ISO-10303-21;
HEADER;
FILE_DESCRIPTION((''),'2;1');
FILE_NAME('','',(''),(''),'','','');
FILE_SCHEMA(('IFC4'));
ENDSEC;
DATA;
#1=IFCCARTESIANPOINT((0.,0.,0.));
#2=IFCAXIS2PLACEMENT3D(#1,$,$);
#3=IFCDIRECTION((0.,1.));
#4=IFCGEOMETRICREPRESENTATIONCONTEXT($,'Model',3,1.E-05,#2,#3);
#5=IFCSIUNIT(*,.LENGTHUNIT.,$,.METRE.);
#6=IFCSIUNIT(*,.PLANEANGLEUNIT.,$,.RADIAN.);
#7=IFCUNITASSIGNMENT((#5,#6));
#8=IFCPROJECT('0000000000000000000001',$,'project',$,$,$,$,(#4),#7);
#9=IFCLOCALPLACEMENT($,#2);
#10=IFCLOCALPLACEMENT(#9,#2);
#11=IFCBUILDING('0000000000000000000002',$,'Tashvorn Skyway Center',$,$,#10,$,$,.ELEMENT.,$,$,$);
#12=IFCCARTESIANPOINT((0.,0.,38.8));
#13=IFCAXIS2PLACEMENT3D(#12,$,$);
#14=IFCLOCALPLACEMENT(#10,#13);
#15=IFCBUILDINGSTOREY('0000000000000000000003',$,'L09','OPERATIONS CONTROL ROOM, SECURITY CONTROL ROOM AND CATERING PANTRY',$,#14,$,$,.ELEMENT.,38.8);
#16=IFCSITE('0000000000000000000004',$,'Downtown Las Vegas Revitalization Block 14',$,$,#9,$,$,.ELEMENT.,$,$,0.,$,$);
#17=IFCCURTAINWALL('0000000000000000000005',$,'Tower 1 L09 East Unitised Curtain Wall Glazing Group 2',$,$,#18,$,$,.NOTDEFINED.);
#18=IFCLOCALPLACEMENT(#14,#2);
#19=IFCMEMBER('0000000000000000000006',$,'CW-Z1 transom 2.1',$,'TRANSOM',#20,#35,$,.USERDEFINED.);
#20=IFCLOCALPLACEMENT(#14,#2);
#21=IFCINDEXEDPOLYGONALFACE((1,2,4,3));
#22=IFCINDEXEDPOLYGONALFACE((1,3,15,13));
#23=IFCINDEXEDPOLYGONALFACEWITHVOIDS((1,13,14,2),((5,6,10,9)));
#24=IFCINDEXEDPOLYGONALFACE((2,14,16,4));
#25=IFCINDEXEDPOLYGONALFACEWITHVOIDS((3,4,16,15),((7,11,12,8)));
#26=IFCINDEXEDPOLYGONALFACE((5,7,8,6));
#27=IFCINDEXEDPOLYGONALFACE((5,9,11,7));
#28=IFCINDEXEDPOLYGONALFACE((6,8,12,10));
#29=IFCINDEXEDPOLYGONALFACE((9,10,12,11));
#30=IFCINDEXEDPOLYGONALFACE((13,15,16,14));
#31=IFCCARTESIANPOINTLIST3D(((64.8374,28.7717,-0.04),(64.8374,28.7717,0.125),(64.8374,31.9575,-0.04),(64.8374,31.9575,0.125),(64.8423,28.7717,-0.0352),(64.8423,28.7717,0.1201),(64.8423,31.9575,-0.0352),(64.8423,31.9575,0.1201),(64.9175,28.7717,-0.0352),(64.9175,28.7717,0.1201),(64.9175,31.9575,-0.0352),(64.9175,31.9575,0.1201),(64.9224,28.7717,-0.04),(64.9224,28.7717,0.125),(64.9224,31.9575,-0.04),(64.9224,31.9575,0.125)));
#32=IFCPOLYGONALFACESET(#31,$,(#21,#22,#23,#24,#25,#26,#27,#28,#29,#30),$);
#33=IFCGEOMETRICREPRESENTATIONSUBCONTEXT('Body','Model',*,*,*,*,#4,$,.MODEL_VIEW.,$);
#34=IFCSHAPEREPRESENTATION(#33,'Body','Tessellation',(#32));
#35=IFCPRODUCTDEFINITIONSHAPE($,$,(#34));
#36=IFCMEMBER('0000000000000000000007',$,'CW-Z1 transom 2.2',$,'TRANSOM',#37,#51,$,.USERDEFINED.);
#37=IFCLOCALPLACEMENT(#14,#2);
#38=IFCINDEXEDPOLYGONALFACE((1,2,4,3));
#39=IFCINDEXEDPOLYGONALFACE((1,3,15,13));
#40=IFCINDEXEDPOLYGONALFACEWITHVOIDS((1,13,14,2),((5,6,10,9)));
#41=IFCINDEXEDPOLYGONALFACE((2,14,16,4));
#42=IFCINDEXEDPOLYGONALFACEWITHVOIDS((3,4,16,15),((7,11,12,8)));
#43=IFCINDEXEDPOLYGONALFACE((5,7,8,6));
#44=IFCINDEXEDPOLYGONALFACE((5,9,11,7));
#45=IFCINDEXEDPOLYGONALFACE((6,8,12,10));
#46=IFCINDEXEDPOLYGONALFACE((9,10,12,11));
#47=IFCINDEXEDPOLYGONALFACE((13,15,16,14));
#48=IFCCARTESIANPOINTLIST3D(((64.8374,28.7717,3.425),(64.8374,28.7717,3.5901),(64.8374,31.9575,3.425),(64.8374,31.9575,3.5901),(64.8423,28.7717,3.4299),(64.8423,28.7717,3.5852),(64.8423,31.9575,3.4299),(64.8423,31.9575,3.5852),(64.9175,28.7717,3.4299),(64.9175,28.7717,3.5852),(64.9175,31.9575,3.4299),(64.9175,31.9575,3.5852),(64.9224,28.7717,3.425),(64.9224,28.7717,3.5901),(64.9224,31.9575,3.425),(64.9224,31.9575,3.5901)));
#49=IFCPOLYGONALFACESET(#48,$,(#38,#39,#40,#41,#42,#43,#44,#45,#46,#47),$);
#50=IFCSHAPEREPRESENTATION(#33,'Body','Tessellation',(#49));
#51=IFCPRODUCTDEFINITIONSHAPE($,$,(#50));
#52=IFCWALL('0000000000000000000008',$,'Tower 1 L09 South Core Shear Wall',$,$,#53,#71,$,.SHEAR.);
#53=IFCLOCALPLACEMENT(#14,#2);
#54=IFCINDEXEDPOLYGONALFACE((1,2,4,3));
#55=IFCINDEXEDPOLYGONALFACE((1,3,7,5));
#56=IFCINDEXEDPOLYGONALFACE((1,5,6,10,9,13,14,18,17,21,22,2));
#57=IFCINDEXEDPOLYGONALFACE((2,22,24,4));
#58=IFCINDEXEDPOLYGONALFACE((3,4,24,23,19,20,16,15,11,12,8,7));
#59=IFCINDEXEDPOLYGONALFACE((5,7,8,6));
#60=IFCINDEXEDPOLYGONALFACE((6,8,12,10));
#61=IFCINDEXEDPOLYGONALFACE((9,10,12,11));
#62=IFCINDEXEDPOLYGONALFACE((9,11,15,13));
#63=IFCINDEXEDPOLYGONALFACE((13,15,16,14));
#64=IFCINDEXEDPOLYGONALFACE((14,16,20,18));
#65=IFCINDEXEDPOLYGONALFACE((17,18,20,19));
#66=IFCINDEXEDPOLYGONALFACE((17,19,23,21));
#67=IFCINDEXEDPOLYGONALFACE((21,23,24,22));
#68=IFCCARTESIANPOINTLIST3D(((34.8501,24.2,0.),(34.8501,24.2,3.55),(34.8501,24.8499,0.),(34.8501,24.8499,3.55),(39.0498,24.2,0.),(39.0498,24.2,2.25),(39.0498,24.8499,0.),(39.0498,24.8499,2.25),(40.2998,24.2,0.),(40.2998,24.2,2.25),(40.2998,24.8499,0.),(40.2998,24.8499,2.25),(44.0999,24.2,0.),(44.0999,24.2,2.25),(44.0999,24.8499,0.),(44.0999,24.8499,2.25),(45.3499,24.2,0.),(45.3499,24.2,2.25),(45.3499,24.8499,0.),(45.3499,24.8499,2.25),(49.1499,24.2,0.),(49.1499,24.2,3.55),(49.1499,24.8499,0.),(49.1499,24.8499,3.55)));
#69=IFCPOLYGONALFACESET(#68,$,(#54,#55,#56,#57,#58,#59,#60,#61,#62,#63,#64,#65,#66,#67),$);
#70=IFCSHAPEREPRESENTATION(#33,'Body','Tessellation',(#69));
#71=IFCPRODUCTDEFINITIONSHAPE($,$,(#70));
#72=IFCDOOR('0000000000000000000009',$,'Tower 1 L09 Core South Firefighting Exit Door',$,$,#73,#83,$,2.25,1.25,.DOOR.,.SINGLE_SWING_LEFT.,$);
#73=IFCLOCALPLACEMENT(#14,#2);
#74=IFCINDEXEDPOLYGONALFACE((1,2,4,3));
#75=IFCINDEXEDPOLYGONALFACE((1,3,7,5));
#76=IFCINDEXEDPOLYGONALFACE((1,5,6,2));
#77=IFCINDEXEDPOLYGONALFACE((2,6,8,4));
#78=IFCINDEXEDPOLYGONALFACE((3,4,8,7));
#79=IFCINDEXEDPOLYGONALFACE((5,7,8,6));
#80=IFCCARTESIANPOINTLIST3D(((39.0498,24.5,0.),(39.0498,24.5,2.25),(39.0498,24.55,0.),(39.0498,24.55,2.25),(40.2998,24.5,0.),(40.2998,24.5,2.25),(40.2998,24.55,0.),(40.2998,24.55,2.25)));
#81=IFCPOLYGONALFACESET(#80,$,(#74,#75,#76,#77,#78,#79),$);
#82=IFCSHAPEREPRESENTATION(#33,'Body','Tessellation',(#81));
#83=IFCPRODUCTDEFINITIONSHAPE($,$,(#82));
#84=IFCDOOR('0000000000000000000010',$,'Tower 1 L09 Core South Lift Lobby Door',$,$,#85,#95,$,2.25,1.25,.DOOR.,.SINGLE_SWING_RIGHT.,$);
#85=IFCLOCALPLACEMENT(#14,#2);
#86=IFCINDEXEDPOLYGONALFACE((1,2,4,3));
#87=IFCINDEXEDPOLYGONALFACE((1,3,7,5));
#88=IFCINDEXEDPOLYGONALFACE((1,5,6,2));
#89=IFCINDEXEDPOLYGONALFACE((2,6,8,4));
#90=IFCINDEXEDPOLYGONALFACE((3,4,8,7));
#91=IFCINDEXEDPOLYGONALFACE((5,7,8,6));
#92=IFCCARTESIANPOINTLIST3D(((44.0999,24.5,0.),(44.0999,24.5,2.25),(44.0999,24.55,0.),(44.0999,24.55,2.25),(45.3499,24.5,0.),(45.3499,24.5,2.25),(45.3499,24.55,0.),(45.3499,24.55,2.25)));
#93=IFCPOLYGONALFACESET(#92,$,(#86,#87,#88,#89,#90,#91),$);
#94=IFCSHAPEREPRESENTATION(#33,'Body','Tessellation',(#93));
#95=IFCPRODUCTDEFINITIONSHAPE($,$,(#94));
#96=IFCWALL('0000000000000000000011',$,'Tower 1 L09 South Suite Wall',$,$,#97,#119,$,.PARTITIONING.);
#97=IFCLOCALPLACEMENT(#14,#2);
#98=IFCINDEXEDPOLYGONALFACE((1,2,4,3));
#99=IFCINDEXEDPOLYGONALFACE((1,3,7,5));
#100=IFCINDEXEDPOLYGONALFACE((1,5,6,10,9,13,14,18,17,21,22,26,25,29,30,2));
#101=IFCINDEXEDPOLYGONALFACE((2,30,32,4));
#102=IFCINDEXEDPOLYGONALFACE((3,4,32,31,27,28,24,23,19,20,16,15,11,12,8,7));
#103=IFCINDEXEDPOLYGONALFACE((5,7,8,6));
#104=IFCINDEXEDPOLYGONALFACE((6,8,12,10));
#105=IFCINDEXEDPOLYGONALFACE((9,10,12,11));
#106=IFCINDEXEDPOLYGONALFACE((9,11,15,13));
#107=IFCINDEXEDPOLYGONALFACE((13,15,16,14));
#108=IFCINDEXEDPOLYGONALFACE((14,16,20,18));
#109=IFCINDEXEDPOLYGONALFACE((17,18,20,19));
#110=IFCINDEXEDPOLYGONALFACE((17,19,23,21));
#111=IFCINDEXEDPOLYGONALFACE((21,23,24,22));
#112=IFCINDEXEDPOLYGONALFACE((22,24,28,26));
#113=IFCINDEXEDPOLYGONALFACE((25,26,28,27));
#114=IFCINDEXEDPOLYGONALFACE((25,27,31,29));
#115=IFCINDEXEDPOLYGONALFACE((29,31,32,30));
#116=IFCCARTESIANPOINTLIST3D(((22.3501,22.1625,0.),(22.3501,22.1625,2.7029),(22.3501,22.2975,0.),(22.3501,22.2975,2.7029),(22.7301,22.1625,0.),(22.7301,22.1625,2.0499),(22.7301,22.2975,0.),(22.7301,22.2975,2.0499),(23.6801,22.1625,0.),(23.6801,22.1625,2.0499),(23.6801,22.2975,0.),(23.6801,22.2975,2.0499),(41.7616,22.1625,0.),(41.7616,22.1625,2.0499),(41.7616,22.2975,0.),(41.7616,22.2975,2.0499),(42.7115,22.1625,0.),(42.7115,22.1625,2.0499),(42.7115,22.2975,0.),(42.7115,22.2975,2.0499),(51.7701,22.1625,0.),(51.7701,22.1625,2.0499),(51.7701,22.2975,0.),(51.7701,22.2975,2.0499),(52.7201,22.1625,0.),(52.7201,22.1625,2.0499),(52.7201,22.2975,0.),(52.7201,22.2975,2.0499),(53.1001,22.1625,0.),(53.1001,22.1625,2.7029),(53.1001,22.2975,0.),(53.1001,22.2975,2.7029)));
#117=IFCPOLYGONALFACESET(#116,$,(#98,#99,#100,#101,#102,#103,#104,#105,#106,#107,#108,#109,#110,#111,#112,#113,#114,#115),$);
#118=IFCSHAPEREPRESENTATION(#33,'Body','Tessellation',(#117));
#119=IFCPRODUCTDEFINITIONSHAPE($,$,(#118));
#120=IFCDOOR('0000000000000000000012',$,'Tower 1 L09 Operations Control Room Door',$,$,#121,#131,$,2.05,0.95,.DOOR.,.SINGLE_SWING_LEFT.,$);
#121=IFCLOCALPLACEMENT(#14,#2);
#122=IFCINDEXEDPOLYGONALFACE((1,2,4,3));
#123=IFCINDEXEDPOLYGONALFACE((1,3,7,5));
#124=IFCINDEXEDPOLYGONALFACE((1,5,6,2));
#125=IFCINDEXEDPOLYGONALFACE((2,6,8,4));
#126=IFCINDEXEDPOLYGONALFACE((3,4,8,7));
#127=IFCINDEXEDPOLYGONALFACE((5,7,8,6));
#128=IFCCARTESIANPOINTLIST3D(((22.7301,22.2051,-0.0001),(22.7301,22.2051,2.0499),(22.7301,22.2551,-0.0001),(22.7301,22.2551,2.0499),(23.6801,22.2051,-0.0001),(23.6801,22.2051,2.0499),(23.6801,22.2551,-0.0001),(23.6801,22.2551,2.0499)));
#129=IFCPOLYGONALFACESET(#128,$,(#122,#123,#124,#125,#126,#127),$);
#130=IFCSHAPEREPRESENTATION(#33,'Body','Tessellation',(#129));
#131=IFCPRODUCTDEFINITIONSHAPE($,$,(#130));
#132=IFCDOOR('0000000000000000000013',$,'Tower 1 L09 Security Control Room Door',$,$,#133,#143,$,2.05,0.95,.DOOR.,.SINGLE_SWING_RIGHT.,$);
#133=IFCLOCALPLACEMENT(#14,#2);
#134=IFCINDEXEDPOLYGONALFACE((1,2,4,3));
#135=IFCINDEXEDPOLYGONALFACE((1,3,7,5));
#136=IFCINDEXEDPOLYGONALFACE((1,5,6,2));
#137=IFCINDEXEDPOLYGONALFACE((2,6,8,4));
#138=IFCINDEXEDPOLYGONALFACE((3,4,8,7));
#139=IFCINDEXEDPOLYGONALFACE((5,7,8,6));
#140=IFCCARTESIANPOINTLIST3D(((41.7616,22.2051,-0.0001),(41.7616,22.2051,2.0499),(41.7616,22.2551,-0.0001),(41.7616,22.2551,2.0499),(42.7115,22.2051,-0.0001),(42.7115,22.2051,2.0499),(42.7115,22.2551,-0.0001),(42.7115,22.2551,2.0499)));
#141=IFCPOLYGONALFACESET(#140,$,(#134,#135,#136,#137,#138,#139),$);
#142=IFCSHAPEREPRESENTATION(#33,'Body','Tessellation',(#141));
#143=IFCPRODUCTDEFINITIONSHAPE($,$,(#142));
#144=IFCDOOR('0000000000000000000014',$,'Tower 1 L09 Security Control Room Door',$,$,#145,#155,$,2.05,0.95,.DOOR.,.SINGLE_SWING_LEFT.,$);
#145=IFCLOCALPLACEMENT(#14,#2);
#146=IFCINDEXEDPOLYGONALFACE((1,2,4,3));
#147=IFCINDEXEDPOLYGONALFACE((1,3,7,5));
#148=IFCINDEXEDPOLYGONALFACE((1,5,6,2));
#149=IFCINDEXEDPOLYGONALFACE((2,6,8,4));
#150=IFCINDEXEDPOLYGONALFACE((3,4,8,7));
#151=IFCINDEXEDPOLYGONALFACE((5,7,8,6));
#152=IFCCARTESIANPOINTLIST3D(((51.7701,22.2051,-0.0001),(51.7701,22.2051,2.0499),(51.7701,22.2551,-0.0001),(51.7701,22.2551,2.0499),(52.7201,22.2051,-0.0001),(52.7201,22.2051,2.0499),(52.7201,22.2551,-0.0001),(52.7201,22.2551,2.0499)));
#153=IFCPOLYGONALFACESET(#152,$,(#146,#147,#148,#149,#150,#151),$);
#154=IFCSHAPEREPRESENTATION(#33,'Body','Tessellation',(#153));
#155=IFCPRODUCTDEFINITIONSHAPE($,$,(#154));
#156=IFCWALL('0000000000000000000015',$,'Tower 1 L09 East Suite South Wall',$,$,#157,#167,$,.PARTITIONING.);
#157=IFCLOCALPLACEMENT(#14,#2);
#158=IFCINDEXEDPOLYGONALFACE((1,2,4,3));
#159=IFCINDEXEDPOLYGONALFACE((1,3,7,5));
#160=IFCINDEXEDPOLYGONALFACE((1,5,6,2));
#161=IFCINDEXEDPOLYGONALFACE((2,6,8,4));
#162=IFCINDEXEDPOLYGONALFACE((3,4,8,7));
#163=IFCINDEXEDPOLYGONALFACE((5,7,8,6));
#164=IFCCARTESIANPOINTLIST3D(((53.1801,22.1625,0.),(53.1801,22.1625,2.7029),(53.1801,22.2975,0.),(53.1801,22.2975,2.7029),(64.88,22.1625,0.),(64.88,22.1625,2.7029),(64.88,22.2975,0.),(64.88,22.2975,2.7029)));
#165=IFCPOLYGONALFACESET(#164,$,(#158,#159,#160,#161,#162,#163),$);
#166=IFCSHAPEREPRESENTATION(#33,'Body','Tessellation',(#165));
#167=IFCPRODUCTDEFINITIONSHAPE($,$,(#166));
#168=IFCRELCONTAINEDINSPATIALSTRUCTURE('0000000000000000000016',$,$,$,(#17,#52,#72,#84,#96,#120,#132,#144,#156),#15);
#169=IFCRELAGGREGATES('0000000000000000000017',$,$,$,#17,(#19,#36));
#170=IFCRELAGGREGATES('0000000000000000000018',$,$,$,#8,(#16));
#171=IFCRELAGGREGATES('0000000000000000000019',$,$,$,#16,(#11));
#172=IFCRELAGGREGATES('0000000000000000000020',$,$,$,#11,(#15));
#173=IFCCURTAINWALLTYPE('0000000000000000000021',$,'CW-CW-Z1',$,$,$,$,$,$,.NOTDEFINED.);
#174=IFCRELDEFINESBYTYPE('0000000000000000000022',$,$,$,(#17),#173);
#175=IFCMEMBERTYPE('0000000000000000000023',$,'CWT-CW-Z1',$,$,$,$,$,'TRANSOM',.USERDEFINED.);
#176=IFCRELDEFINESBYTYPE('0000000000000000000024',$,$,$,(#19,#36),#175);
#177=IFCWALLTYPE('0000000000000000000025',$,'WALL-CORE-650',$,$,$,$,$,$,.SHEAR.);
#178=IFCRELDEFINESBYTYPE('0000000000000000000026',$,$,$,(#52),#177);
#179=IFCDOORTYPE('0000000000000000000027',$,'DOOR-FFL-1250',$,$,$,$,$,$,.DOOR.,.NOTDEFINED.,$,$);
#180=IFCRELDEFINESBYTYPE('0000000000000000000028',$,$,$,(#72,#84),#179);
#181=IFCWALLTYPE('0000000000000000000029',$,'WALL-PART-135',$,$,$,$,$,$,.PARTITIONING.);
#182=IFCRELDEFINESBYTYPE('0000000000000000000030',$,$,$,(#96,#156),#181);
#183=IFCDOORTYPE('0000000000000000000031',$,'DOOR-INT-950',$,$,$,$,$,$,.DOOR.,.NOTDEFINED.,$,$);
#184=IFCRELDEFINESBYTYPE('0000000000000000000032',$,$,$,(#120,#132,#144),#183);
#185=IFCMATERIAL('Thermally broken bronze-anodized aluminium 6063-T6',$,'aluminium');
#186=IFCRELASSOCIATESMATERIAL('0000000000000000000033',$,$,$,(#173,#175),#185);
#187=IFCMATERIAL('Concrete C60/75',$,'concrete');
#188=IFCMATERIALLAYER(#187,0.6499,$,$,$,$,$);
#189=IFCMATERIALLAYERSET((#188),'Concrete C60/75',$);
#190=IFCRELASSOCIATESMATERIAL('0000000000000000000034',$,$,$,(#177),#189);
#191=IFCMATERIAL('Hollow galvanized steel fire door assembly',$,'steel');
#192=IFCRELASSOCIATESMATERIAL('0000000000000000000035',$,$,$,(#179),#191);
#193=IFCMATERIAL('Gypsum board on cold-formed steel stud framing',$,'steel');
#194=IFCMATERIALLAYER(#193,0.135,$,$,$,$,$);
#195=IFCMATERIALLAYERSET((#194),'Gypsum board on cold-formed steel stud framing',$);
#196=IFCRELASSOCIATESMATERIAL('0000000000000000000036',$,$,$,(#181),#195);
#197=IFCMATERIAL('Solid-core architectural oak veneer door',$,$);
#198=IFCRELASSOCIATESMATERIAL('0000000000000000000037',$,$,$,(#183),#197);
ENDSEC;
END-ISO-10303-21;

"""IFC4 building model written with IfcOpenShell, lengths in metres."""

from ifc_helpers import new_model, si_unit, direction, frame, frame_2d, origin, origin_2d, place, context, subcontext, project, spatial, rectangle, hollow_rectangle, extrude, material, layer, layer_set, material_profile, profile_set, type_object, element, fill, aggregate, save


model = new_model("IFC4")

# Units and contexts
model_context = context("Model", 3, precision=1e-05, world=origin(), true_north=direction((0.0, 1.0)))
body_context = subcontext(model_context, "Body", "Model", "MODEL_VIEW")
ifc_project = project(units=[si_unit("LENGTHUNIT", "METRE"), si_unit("PLANEANGLEUNIT", "RADIAN")], contexts=[model_context])

# Site, building, storey
site_placement = place(None, origin())
site = spatial("IfcSite", under=ifc_project, at=site_placement, Name="Downtown Las Vegas Revitalization Block 14", CompositionType="ELEMENT", RefElevation=0.0)
building_placement = place(site_placement, origin())
building = spatial("IfcBuilding", under=site, at=building_placement, Name="Tashvorn Skyway Center", CompositionType="ELEMENT")
storey_placement = place(building_placement, frame((0.0, 0.0, 38.8)))
storey = spatial("IfcBuildingStorey", under=building, at=storey_placement, Name="L09", Description="OPERATIONS CONTROL ROOM, SECURITY CONTROL ROOM AND CATERING PANTRY", CompositionType="ELEMENT", Elevation=38.8)

# Curtain wall, members
ifc_material_1 = material(Name="Thermally broken bronze-anodized aluminium 6063-T6", Category="aluminium")
curtain_wall_type = type_object("IfcCurtainWallType", Name="CW-CW-Z1", PredefinedType="NOTDEFINED", material=ifc_material_1)
curtain_wall_placement = place(storey_placement, origin())
curtain_wall = element("IfcCurtainWall", 1, at=curtain_wall_placement, inside=storey, type_object=curtain_wall_type, Name="Tower 1 L09 East Unitised Curtain Wall Glazing Group 2", PredefinedType="NOTDEFINED")
ifc_material_profile_1 = material_profile(ifc_material_1, hollow_rectangle(XDim=0.085, YDim=0.165, WallThickness=0.0049, at=origin_2d()), Name="ALU-TRAN-85x165")
ifc_profile_set_1 = profile_set([ifc_material_profile_1], Name="Thermally broken bronze-anodized aluminium 6063-T6")
member_type_1 = type_object("IfcMemberType", Name="CWT-CW-Z1", ElementType="TRANSOM", PredefinedType="USERDEFINED", material=ifc_profile_set_1)
member_1_placement = place(storey_placement, frame((64.8799, 31.9575, 0.0425), z_axis=(0.0, -1.0, 0.0), x_axis=(1.0, 0.0, 0.0)))
member_1 = element("IfcMember", 2, at=member_1_placement, type_object=member_type_1, Name="CW-Z1 transom 2.1", ObjectType="TRANSOM", PredefinedType="USERDEFINED", context=body_context, shape_type="SweptSolid", body=[
    extrude(hollow_rectangle(XDim=0.085, YDim=0.165, WallThickness=0.0049, at=origin_2d()), origin(), (0.0, 0.0, 1.0), 3.1858),
])
member_2_placement = place(storey_placement, frame((64.8799, 31.9575, 3.5076), z_axis=(0.0, -1.0, 0.0), x_axis=(1.0, 0.0, 0.0)))
member_2 = element("IfcMember", 3, at=member_2_placement, type_object=member_type_1, Name="CW-Z1 transom 2.2", ObjectType="TRANSOM", PredefinedType="USERDEFINED", context=body_context, shape_type="SweptSolid", body=[
    extrude(hollow_rectangle(XDim=0.085, YDim=0.165, WallThickness=0.0049, at=origin_2d()), origin(), (0.0, 0.0, 1.0), 3.1858),
])
aggregate(curtain_wall, [member_1, member_2])

# Walls, openings, doors
ifc_material_2 = material(Name="Concrete C60/75", Category="concrete")
ifc_layer_1 = layer(ifc_material_2, 0.6499)
ifc_layer_set_1 = layer_set([ifc_layer_1], Name="Concrete C60/75")
wall_type_1 = type_object("IfcWallType", Name="WALL-CORE-650", PredefinedType="SHEAR", material=ifc_layer_set_1)
wall_1_placement = place(storey_placement, frame((49.1499, 24.5249, 0.0), z_axis=(0.0, 0.0, 1.0), x_axis=(-1.0, 0.0, 0.0)))
wall_1 = element("IfcWall", 4, at=wall_1_placement, inside=storey, type_object=wall_type_1, Name="Tower 1 L09 South Core Shear Wall", PredefinedType="SHEAR", context=body_context, shape_type="SweptSolid", body=[
    extrude(rectangle(XDim=14.2998, YDim=0.6499, at=frame_2d((7.1499, 0.0))), origin(), (0.0, 0.0, 1.0), 3.55),
])
opening_1_placement = place(wall_1_placement, frame((8.8501, 0.0, 0.0)))
opening_1 = element("IfcOpeningElement", 5, at=opening_1_placement, cuts=wall_1, PredefinedType="OPENING", context=body_context, shape_type="SweptSolid", body=[
    extrude(rectangle(XDim=1.25, YDim=2.25, at=frame_2d((0.625, 1.125))), frame((0.0, 0.335, 0.0), z_axis=(0.0, -1.0, 0.0), x_axis=(1.0, 0.0, 0.0)), (0.0, 0.0, 1.0), 0.6699),
])
opening_2_placement = place(wall_1_placement, frame((3.8, 0.0, 0.0)))
opening_2 = element("IfcOpeningElement", 6, at=opening_2_placement, cuts=wall_1, PredefinedType="OPENING", context=body_context, shape_type="SweptSolid", body=[
    extrude(rectangle(XDim=1.25, YDim=2.25, at=frame_2d((0.625, 1.125))), frame((0.0, 0.335, 0.0), z_axis=(0.0, -1.0, 0.0), x_axis=(1.0, 0.0, 0.0)), (0.0, 0.0, 1.0), 0.6699),
])
ifc_material_3 = material(Name="Hollow galvanized steel fire door assembly", Category="steel")
door_type_1 = type_object("IfcDoorType", Name="DOOR-FFL-1250", OperationType="NOTDEFINED", PredefinedType="DOOR", material=ifc_material_3)
door_1_placement = place(opening_1_placement, origin())
door_1 = element("IfcDoor", 7, at=door_1_placement, inside=storey, type_object=door_type_1, Name="Tower 1 L09 Core South Firefighting Exit Door", OperationType="SINGLE_SWING_LEFT", OverallHeight=2.25, OverallWidth=1.25, PredefinedType="DOOR", context=body_context, shape_type="SweptSolid", body=[
    extrude(rectangle(XDim=1.25, YDim=2.25, at=frame_2d((0.625, 1.125))), frame((0.0, 0.0249, 0.0), z_axis=(0.0, -1.0, 0.0), x_axis=(1.0, 0.0, 0.0)), (0.0, 0.0, 1.0), 0.05),
])
fill(opening_1, door_1)
door_2_placement = place(opening_2_placement, origin())
door_2 = element("IfcDoor", 8, at=door_2_placement, inside=storey, type_object=door_type_1, Name="Tower 1 L09 Core South Lift Lobby Door", OperationType="SINGLE_SWING_RIGHT", OverallHeight=2.25, OverallWidth=1.25, PredefinedType="DOOR", context=body_context, shape_type="SweptSolid", body=[
    extrude(rectangle(XDim=1.25, YDim=2.25, at=frame_2d((0.625, 1.125))), frame((0.0, 0.0249, 0.0), z_axis=(0.0, -1.0, 0.0), x_axis=(1.0, 0.0, 0.0)), (0.0, 0.0, 1.0), 0.05),
])
fill(opening_2, door_2)
ifc_material_4 = material(Name="Gypsum board on cold-formed steel stud framing", Category="steel")
ifc_layer_2 = layer(ifc_material_4, 0.135)
ifc_layer_set_2 = layer_set([ifc_layer_2], Name="Gypsum board on cold-formed steel stud framing")
wall_type_2 = type_object("IfcWallType", Name="WALL-PART-135", PredefinedType="PARTITIONING", material=ifc_layer_set_2)
wall_2_placement = place(storey_placement, frame((53.1001, 22.23, 0.0), z_axis=(0.0, 0.0, 1.0), x_axis=(-1.0, 0.0, 0.0)))
wall_2 = element("IfcWall", 9, at=wall_2_placement, inside=storey, type_object=wall_type_2, Name="Tower 1 L09 South Suite Wall", PredefinedType="PARTITIONING", context=body_context, shape_type="SweptSolid", body=[
    extrude(rectangle(XDim=30.75, YDim=0.135, at=frame_2d((15.375, 0.0))), origin(), (0.0, 0.0, 1.0), 2.7029),
])
opening_3_placement = place(wall_2_placement, frame((29.4199, 0.0, 0.0)))
opening_3 = element("IfcOpeningElement", 10, at=opening_3_placement, cuts=wall_2, PredefinedType="OPENING", context=body_context, shape_type="SweptSolid", body=[
    extrude(rectangle(XDim=0.95, YDim=2.05, at=frame_2d((0.4751, 1.0249))), frame((0.0, 0.0774, 0.0), z_axis=(0.0, -1.0, 0.0), x_axis=(1.0, 0.0, 0.0)), (0.0, 0.0, 1.0), 0.155),
])
opening_4_placement = place(wall_2_placement, frame((10.3884, 0.0, 0.0)))
opening_4 = element("IfcOpeningElement", 11, at=opening_4_placement, cuts=wall_2, PredefinedType="OPENING", context=body_context, shape_type="SweptSolid", body=[
    extrude(rectangle(XDim=0.95, YDim=2.05, at=frame_2d((0.4751, 1.0249))), frame((0.0, 0.0774, 0.0), z_axis=(0.0, -1.0, 0.0), x_axis=(1.0, 0.0, 0.0)), (0.0, 0.0, 1.0), 0.155),
])
opening_5_placement = place(wall_2_placement, frame((0.3799, 0.0, 0.0)))
opening_5 = element("IfcOpeningElement", 12, at=opening_5_placement, cuts=wall_2, PredefinedType="OPENING", context=body_context, shape_type="SweptSolid", body=[
    extrude(rectangle(XDim=0.95, YDim=2.05, at=frame_2d((0.4751, 1.0249))), frame((0.0, 0.0774, 0.0), z_axis=(0.0, -1.0, 0.0), x_axis=(1.0, 0.0, 0.0)), (0.0, 0.0, 1.0), 0.155),
])
ifc_material_5 = material(Name="Solid-core architectural oak veneer door")
door_type_2 = type_object("IfcDoorType", Name="DOOR-INT-950", OperationType="NOTDEFINED", PredefinedType="DOOR", material=ifc_material_5)
door_3_placement = place(opening_3_placement, origin())
door_3 = element("IfcDoor", 13, at=door_3_placement, inside=storey, type_object=door_type_2, Name="Tower 1 L09 Operations Control Room Door", OperationType="SINGLE_SWING_LEFT", OverallHeight=2.05, OverallWidth=0.95, PredefinedType="DOOR", context=body_context, shape_type="SweptSolid", body=[
    extrude(rectangle(XDim=0.95, YDim=2.05, at=frame_2d((0.4751, 1.0249))), frame((0.0, 0.0249, 0.0), z_axis=(0.0, -1.0, 0.0), x_axis=(1.0, 0.0, 0.0)), (0.0, 0.0, 1.0), 0.05),
])
fill(opening_3, door_3)
door_4_placement = place(opening_4_placement, origin())
door_4 = element("IfcDoor", 14, at=door_4_placement, inside=storey, type_object=door_type_2, Name="Tower 1 L09 Security Control Room Door", OperationType="SINGLE_SWING_RIGHT", OverallHeight=2.05, OverallWidth=0.95, PredefinedType="DOOR", context=body_context, shape_type="SweptSolid", body=[
    extrude(rectangle(XDim=0.95, YDim=2.05, at=frame_2d((0.4751, 1.0249))), frame((0.0, 0.0249, 0.0), z_axis=(0.0, -1.0, 0.0), x_axis=(1.0, 0.0, 0.0)), (0.0, 0.0, 1.0), 0.05),
])
fill(opening_4, door_4)
door_5_placement = place(opening_5_placement, origin())
door_5 = element("IfcDoor", 15, at=door_5_placement, inside=storey, type_object=door_type_2, Name="Tower 1 L09 Security Control Room Door", OperationType="SINGLE_SWING_LEFT", OverallHeight=2.05, OverallWidth=0.95, PredefinedType="DOOR", context=body_context, shape_type="SweptSolid", body=[
    extrude(rectangle(XDim=0.95, YDim=2.05, at=frame_2d((0.4751, 1.0249))), frame((0.0, 0.0249, 0.0), z_axis=(0.0, -1.0, 0.0), x_axis=(1.0, 0.0, 0.0)), (0.0, 0.0, 1.0), 0.05),
])
fill(opening_5, door_5)

# Wall
wall_3_placement = place(storey_placement, frame((53.1799, 22.23, 0.0), z_axis=(0.0, 0.0, 1.0), x_axis=(1.0, 0.0, 0.0)))
element("IfcWall", 16, at=wall_3_placement, inside=storey, type_object=wall_type_2, Name="Tower 1 L09 East Suite South Wall", PredefinedType="PARTITIONING", context=body_context, shape_type="SweptSolid", body=[
    extrude(rectangle(XDim=11.7, YDim=0.135, at=frame_2d((5.8501, 0.0))), origin(), (0.0, 0.0, 1.0), 2.7029),
])

save(model, "model.ifc")
